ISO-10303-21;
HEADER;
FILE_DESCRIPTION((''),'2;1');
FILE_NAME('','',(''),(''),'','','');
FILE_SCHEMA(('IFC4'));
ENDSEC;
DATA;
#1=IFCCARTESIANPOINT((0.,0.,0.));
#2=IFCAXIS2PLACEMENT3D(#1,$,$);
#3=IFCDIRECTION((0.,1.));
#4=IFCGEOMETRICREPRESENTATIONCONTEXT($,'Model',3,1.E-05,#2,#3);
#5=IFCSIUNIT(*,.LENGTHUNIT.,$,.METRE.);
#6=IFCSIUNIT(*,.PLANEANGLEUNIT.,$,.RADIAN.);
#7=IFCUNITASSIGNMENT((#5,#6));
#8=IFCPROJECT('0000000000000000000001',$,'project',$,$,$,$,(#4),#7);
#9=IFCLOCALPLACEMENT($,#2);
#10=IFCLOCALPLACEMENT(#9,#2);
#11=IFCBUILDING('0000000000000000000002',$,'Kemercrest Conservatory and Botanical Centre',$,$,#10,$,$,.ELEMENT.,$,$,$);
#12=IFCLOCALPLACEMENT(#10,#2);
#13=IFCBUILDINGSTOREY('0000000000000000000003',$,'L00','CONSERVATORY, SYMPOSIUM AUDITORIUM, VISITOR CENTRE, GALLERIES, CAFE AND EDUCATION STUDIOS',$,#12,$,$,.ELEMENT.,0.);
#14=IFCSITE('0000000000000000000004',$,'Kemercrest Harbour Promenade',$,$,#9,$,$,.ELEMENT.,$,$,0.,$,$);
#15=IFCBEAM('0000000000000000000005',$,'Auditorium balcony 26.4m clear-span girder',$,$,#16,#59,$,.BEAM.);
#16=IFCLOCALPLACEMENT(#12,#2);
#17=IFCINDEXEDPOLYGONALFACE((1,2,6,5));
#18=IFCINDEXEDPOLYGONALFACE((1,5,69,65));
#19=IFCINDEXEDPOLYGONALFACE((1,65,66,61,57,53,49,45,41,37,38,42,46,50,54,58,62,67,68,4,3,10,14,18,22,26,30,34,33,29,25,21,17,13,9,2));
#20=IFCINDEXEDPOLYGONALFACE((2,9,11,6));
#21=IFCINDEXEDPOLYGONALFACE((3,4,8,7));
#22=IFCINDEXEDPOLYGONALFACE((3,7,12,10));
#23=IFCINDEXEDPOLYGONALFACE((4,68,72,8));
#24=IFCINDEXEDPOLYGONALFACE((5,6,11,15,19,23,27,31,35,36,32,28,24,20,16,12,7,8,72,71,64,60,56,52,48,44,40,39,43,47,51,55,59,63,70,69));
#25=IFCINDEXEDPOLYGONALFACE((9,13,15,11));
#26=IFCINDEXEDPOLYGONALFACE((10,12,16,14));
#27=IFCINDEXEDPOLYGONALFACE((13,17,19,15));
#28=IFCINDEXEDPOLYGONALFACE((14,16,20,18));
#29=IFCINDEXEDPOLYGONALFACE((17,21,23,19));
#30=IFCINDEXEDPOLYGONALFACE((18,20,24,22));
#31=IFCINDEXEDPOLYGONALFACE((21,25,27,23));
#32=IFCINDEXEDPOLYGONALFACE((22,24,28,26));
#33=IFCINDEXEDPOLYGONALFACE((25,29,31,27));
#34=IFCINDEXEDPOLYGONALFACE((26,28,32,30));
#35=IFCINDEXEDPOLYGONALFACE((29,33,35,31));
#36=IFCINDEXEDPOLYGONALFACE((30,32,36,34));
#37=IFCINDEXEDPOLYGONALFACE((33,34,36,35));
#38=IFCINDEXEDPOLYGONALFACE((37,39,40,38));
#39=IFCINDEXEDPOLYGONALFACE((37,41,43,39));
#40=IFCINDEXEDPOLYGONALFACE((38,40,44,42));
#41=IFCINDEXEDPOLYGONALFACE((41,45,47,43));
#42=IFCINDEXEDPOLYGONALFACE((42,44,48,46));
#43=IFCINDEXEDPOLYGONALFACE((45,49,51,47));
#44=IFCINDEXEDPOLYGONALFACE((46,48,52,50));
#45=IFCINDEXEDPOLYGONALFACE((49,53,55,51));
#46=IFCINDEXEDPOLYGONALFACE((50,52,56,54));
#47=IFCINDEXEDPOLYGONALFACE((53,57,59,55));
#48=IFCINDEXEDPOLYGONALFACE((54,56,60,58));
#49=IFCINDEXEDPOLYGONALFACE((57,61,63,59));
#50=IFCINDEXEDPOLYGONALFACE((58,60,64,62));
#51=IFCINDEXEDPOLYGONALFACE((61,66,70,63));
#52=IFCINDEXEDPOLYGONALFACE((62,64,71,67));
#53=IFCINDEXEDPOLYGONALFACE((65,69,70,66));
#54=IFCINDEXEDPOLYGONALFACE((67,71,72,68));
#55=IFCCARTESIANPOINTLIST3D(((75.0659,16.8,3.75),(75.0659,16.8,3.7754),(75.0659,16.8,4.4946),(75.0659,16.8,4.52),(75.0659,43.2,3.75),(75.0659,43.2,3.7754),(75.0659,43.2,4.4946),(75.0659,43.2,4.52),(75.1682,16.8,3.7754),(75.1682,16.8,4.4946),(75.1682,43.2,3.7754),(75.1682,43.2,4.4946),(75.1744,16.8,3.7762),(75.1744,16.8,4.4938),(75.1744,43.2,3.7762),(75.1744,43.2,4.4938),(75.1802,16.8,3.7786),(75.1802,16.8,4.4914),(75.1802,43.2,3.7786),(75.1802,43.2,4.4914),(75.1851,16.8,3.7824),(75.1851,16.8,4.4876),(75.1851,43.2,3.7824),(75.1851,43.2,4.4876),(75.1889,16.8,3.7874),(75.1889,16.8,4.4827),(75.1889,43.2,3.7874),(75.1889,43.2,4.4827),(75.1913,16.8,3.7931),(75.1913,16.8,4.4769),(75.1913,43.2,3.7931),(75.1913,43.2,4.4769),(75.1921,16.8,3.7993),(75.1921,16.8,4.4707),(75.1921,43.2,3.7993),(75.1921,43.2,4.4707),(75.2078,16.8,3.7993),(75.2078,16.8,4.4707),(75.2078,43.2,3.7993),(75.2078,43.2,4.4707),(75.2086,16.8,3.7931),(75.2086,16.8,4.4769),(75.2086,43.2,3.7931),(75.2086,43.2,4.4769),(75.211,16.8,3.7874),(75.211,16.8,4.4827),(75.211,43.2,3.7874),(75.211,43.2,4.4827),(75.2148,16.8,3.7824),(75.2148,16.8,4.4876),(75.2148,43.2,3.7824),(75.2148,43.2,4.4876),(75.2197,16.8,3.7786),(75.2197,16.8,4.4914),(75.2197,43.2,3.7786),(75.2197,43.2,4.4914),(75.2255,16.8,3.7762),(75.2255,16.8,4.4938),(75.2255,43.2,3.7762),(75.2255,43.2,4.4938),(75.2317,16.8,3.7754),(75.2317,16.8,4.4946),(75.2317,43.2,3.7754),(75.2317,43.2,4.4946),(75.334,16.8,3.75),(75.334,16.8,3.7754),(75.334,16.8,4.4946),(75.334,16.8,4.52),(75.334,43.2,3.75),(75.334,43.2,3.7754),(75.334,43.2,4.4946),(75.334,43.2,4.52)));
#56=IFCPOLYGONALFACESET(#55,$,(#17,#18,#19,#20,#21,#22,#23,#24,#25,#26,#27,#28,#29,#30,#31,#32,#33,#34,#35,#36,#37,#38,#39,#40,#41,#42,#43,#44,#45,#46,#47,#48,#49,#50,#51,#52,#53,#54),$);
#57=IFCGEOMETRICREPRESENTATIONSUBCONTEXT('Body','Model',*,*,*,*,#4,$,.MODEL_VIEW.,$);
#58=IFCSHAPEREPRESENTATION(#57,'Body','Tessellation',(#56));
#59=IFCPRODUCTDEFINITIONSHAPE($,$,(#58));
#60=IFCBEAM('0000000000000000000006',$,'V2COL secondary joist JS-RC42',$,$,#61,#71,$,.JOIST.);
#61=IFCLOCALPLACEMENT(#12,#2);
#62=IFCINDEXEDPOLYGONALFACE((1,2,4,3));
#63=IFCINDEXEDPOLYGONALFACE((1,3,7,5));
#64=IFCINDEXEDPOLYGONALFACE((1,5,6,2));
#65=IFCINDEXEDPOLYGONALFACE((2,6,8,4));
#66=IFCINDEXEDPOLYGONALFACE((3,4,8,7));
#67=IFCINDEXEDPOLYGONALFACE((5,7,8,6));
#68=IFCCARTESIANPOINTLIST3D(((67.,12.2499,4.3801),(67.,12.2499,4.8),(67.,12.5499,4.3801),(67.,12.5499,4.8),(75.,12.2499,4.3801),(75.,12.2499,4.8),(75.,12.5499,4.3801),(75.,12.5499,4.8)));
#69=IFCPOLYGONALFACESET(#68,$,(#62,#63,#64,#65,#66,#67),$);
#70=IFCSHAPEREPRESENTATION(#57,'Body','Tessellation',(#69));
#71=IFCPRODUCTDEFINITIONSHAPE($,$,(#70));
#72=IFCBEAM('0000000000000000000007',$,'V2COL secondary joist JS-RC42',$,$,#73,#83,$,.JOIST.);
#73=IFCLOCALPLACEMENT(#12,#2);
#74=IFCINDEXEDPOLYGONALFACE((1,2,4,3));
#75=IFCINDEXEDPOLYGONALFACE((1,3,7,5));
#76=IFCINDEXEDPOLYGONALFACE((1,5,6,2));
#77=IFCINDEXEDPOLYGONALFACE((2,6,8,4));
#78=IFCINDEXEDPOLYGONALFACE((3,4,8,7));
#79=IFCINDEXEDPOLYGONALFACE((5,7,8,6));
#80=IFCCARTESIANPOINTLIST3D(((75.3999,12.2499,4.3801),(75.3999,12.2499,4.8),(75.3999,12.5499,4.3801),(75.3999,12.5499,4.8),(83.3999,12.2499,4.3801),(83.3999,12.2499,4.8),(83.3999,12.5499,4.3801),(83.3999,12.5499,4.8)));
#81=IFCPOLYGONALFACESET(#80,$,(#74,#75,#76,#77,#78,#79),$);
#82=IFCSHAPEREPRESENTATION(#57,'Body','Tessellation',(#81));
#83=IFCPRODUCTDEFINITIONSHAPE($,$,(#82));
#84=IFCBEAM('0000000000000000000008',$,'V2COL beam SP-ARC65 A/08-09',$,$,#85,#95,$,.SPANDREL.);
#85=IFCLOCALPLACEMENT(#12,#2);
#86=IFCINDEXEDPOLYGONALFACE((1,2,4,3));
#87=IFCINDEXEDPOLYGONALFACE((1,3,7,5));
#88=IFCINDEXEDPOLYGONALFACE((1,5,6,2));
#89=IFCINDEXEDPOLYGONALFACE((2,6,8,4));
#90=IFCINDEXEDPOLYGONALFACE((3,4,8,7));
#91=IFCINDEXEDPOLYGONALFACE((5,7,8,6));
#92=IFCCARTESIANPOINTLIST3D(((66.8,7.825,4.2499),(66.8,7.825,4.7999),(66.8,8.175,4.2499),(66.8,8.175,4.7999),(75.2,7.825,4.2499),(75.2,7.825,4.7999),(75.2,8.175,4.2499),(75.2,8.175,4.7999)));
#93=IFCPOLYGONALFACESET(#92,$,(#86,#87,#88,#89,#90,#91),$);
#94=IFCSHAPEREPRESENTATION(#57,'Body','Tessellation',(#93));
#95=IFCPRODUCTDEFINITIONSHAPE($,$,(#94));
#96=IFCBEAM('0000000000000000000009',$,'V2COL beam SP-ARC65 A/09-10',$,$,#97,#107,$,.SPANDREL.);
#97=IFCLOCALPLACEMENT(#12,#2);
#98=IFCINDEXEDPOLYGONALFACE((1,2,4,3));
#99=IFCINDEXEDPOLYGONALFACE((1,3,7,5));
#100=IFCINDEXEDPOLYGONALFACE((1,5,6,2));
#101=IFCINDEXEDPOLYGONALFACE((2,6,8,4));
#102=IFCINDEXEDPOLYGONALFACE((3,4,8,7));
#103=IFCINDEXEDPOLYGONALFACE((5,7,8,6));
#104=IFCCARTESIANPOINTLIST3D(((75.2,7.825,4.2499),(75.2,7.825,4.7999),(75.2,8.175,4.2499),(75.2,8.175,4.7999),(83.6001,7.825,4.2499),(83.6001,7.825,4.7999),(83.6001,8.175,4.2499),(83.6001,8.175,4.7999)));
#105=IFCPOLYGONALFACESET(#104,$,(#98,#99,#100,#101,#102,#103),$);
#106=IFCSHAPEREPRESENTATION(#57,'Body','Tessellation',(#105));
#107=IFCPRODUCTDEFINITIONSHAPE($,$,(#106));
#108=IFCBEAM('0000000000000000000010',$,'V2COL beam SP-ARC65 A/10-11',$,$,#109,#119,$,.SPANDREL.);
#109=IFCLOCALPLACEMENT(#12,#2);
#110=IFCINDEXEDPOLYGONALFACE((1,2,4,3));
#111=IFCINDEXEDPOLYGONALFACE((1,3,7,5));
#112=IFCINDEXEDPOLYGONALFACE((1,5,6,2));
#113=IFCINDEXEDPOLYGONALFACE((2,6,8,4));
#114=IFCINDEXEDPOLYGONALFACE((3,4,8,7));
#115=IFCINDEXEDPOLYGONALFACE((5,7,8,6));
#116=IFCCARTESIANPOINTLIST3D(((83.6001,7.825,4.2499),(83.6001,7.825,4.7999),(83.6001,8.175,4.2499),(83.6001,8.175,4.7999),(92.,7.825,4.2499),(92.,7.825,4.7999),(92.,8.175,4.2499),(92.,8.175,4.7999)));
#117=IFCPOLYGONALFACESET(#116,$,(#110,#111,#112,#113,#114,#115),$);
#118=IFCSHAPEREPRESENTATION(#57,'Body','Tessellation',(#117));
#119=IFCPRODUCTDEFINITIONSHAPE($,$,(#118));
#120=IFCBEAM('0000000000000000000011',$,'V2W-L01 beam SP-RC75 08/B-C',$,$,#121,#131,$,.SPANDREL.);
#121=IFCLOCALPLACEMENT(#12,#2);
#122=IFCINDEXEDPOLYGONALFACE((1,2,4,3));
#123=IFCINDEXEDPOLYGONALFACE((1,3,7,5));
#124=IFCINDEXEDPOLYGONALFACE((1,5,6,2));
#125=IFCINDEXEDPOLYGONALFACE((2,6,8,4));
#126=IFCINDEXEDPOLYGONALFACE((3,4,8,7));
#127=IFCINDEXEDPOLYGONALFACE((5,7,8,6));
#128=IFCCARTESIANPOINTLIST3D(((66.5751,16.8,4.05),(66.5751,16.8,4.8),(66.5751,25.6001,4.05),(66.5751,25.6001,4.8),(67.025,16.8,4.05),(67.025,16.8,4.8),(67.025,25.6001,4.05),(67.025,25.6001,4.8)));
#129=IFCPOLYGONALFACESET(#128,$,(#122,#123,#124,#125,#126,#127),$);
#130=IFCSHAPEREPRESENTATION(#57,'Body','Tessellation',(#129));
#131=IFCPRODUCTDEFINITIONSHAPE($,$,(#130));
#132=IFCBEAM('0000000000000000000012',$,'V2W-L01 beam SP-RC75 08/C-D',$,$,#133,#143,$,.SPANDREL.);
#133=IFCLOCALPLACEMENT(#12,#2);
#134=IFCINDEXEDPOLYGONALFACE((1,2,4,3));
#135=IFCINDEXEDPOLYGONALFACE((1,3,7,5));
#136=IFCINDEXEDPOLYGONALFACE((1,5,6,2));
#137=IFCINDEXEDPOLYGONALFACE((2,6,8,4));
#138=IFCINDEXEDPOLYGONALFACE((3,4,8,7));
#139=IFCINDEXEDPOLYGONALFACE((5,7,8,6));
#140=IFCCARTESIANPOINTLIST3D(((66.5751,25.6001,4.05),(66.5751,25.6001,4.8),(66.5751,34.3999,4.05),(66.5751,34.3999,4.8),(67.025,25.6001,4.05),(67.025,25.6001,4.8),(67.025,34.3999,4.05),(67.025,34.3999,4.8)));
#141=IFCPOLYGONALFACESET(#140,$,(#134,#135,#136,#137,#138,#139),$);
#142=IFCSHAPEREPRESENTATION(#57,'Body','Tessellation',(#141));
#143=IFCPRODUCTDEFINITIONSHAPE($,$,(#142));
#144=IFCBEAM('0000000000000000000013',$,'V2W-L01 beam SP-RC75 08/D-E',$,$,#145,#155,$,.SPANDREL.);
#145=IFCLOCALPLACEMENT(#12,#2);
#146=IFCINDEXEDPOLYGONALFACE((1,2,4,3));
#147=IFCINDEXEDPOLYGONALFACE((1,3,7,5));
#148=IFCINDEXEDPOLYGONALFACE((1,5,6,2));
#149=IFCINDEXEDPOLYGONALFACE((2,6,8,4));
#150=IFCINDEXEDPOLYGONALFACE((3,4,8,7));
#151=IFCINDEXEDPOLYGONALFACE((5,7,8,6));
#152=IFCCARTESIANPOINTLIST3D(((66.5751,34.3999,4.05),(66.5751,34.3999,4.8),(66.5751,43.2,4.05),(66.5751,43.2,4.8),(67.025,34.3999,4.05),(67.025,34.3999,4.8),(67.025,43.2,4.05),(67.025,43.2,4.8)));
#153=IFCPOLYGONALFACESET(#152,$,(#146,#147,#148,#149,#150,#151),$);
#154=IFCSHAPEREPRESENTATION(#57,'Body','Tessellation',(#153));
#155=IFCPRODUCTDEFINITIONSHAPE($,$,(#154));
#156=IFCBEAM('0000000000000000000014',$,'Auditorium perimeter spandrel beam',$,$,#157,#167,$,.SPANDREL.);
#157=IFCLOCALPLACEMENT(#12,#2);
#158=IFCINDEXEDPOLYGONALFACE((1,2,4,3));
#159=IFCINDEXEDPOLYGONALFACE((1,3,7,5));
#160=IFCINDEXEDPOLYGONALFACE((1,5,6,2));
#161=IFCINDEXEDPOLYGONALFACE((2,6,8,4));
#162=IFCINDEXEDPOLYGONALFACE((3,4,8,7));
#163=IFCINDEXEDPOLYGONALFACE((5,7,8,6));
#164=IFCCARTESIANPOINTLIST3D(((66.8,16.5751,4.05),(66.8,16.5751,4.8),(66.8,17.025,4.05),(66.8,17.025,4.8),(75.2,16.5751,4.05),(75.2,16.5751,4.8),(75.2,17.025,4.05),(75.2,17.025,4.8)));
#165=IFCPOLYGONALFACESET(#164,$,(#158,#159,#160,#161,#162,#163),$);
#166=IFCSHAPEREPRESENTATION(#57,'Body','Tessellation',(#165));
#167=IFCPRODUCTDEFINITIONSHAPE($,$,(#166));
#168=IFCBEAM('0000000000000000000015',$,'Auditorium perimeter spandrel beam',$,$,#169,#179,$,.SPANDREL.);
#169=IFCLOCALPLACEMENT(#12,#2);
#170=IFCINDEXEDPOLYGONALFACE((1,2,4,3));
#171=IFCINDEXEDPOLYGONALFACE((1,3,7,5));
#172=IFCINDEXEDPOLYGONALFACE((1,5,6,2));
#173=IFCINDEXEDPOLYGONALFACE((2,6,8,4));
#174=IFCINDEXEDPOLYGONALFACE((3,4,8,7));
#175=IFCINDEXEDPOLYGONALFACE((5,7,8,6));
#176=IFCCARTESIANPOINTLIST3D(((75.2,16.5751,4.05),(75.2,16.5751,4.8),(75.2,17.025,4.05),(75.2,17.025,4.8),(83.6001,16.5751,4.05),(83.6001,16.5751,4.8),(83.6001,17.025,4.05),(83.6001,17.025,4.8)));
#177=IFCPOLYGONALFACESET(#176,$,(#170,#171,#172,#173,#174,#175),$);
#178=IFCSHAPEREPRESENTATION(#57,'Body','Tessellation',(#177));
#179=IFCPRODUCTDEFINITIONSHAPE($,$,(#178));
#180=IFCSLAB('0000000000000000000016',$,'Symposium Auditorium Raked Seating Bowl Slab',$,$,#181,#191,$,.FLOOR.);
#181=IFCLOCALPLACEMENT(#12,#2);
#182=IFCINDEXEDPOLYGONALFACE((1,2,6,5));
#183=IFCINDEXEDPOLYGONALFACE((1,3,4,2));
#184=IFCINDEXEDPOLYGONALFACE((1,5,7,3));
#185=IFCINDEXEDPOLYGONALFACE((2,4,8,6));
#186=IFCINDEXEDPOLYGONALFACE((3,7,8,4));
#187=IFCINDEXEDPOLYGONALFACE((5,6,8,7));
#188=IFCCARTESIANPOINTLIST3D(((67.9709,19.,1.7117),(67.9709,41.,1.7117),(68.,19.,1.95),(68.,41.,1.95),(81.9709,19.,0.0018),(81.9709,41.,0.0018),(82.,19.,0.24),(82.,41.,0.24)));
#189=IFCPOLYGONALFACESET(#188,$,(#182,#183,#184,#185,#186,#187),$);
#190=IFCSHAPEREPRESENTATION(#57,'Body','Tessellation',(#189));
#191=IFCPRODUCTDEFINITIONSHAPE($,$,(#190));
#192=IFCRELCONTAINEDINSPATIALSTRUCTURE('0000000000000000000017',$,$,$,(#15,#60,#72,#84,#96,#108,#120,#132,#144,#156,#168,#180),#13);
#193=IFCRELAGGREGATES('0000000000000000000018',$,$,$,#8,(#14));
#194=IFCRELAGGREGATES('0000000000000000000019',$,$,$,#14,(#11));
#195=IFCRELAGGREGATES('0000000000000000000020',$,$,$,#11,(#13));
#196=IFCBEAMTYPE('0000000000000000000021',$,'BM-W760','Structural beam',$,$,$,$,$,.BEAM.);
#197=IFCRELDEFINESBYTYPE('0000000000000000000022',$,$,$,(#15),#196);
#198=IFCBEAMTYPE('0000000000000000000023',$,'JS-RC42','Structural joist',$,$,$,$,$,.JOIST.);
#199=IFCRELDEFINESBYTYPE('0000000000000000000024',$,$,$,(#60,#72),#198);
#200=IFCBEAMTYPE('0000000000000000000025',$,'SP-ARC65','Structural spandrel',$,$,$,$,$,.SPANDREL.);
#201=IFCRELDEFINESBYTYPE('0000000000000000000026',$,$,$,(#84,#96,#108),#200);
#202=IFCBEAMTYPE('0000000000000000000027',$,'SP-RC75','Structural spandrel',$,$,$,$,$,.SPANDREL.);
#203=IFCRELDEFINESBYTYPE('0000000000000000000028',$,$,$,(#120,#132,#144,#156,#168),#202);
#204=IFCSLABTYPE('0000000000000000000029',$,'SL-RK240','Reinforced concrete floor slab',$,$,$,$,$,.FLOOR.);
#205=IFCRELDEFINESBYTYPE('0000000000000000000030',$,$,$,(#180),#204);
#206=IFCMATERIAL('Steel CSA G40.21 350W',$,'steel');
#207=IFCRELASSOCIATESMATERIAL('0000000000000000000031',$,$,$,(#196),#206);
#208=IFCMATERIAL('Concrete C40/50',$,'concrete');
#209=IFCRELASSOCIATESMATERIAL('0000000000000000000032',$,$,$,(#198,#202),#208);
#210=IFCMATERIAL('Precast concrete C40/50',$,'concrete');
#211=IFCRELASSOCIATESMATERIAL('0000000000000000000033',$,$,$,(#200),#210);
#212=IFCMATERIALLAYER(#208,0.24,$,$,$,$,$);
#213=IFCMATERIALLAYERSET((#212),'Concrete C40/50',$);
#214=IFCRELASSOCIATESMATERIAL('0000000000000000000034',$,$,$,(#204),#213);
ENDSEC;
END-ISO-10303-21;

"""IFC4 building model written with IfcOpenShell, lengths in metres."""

from ifc_helpers import new_model, si_unit, direction, frame, origin, origin_2d, place, context, subcontext, project, spatial, polyline, rectangle, i_section, outline, extrude, material, layer, layer_set, material_profile, profile_set, type_object, element, save


model = new_model("IFC4")

# Units and contexts
model_context = context("Model", 3, precision=1e-05, world=origin(), true_north=direction((0.0, 1.0)))
body_context = subcontext(model_context, "Body", "Model", "MODEL_VIEW")
ifc_project = project(units=[si_unit("LENGTHUNIT", "METRE"), si_unit("PLANEANGLEUNIT", "RADIAN")], contexts=[model_context])

# Site, building, storey
site_placement = place(None, origin())
site = spatial("IfcSite", under=ifc_project, at=site_placement, Name="Kemercrest Harbour Promenade", CompositionType="ELEMENT", RefElevation=0.0)
building_placement = place(site_placement, origin())
building = spatial("IfcBuilding", under=site, at=building_placement, Name="Kemercrest Conservatory and Botanical Centre", CompositionType="ELEMENT")
storey_placement = place(building_placement, origin())
storey = spatial("IfcBuildingStorey", under=building, at=storey_placement, Name="L00", Description="CONSERVATORY, SYMPOSIUM AUDITORIUM, VISITOR CENTRE, GALLERIES, CAFE AND EDUCATION STUDIOS", CompositionType="ELEMENT", Elevation=0.0)

# Shared definitions
ifc_material_1 = material(Name="Concrete C40/50", Category="concrete")
ifc_material_2 = material(Name="Precast concrete C40/50", Category="concrete")

# Beams
ifc_material_3 = material(Name="Steel CSA G40.21 350W", Category="steel")
ifc_material_profile_1 = material_profile(ifc_material_3, i_section(OverallWidth=0.2681, OverallDepth=0.77, WebThickness=0.0156, FlangeThickness=0.0254, FilletRadius=0.0239, at=origin_2d()), Name="W760X196")
ifc_profile_set_1 = profile_set([ifc_material_profile_1], Name="Steel CSA G40.21 350W")
beam_type_1 = type_object("IfcBeamType", Name="BM-W760", Description="Structural beam", PredefinedType="BEAM", material=ifc_profile_set_1)
beam_1_placement = place(storey_placement, frame((75.2, 16.8, 4.135), z_axis=(0.0, 1.0, 0.0), x_axis=(-1.0, 0.0, 0.0)))
element("IfcBeam", 1, at=beam_1_placement, inside=storey, type_object=beam_type_1, Name="Auditorium balcony 26.4m clear-span girder", PredefinedType="BEAM", context=body_context, shape_type="SweptSolid", body=[
    extrude(i_section(OverallWidth=0.2681, OverallDepth=0.77, WebThickness=0.0156, FlangeThickness=0.0254, FilletRadius=0.0239, at=origin_2d()), origin(), (0.0, 0.0, 1.0), 26.3999),
])
ifc_material_profile_2 = material_profile(ifc_material_1, rectangle(XDim=0.3, YDim=0.4199, at=origin_2d()), Name="RC 300x420")
ifc_profile_set_2 = profile_set([ifc_material_profile_2], Name="Concrete C40/50")
beam_type_2 = type_object("IfcBeamType", Name="JS-RC42", Description="Structural joist", PredefinedType="JOIST", material=ifc_profile_set_2)
for number, where, z_axis, x_axis, name in (
    (2, (67.0, 12.3999, 4.5901), (1.0, 0.0, 0.0), (0.0, 1.0, 0.0), "V2COL secondary joist JS-RC42"),
    (3, (75.3999, 12.3999, 4.5901), (1.0, 0.0, 0.0), (0.0, 1.0, 0.0), "V2COL secondary joist JS-RC42"),
):
    element("IfcBeam", number, at=place(storey_placement, frame(where, z_axis=z_axis, x_axis=x_axis)), inside=storey, type_object=beam_type_2, Name=name, PredefinedType="JOIST", context=body_context, shape_type="SweptSolid", body=[
        extrude(rectangle(XDim=0.3, YDim=0.4199, at=origin_2d()), origin(), (0.0, 0.0, 1.0), 8.0),
    ])
ifc_material_profile_3 = material_profile(ifc_material_2, rectangle(XDim=0.3501, YDim=0.55, at=origin_2d()), Name="RC 350x550")
ifc_profile_set_3 = profile_set([ifc_material_profile_3], Name="Precast concrete C40/50")
beam_type_3 = type_object("IfcBeamType", Name="SP-ARC65", Description="Structural spandrel", PredefinedType="SPANDREL", material=ifc_profile_set_3)
beam_2_placement = place(storey_placement, frame((66.8, 8.0, 4.5249), z_axis=(1.0, 0.0, 0.0), x_axis=(0.0, 1.0, 0.0)))
element("IfcBeam", 4, at=beam_2_placement, inside=storey, type_object=beam_type_3, Name="V2COL beam SP-ARC65 A/08-09", PredefinedType="SPANDREL", context=body_context, shape_type="SweptSolid", body=[
    extrude(rectangle(XDim=0.3501, YDim=0.55, at=origin_2d()), origin(), (0.0, 0.0, 1.0), 8.3999),
])
beam_3_placement = place(storey_placement, frame((75.2, 8.0, 4.5249), z_axis=(1.0, 0.0, 0.0), x_axis=(0.0, 1.0, 0.0)))
element("IfcBeam", 5, at=beam_3_placement, inside=storey, type_object=beam_type_3, Name="V2COL beam SP-ARC65 A/09-10", PredefinedType="SPANDREL", context=body_context, shape_type="SweptSolid", body=[
    extrude(rectangle(XDim=0.3501, YDim=0.55, at=origin_2d()), origin(), (0.0, 0.0, 1.0), 8.4001),
])
beam_4_placement = place(storey_placement, frame((83.6001, 8.0, 4.5249), z_axis=(1.0, 0.0, 0.0), x_axis=(0.0, 1.0, 0.0)))
element("IfcBeam", 6, at=beam_4_placement, inside=storey, type_object=beam_type_3, Name="V2COL beam SP-ARC65 A/10-11", PredefinedType="SPANDREL", context=body_context, shape_type="SweptSolid", body=[
    extrude(rectangle(XDim=0.3501, YDim=0.55, at=origin_2d()), origin(), (0.0, 0.0, 1.0), 8.3999),
])
ifc_material_profile_4 = material_profile(ifc_material_1, rectangle(XDim=0.45, YDim=0.75, at=origin_2d()), Name="RC 450x750")
ifc_profile_set_4 = profile_set([ifc_material_profile_4], Name="Concrete C40/50")
beam_type_4 = type_object("IfcBeamType", Name="SP-RC75", Description="Structural spandrel", PredefinedType="SPANDREL", material=ifc_profile_set_4)
beam_5_placement = place(storey_placement, frame((66.8, 16.8, 4.425), z_axis=(0.0, 1.0, 0.0), x_axis=(-1.0, 0.0, 0.0)))
element("IfcBeam", 7, at=beam_5_placement, inside=storey, type_object=beam_type_4, Name="V2W-L01 beam SP-RC75 08/B-C", PredefinedType="SPANDREL", context=body_context, shape_type="SweptSolid", body=[
    extrude(rectangle(XDim=0.45, YDim=0.75, at=origin_2d()), origin(), (0.0, 0.0, 1.0), 8.8),
])
beam_6_placement = place(storey_placement, frame((66.8, 25.6001, 4.425), z_axis=(0.0, 1.0, 0.0), x_axis=(-1.0, 0.0, 0.0)))
element("IfcBeam", 8, at=beam_6_placement, inside=storey, type_object=beam_type_4, Name="V2W-L01 beam SP-RC75 08/C-D", PredefinedType="SPANDREL", context=body_context, shape_type="SweptSolid", body=[
    extrude(rectangle(XDim=0.45, YDim=0.75, at=origin_2d()), origin(), (0.0, 0.0, 1.0), 8.7998),
])
beam_7_placement = place(storey_placement, frame((66.8, 34.3999, 4.425), z_axis=(0.0, 1.0, 0.0), x_axis=(-1.0, 0.0, 0.0)))
element("IfcBeam", 9, at=beam_7_placement, inside=storey, type_object=beam_type_4, Name="V2W-L01 beam SP-RC75 08/D-E", PredefinedType="SPANDREL", context=body_context, shape_type="SweptSolid", body=[
    extrude(rectangle(XDim=0.45, YDim=0.75, at=origin_2d()), origin(), (0.0, 0.0, 1.0), 8.8),
])
beam_8_placement = place(storey_placement, frame((66.8, 16.8, 4.425), z_axis=(1.0, 0.0, 0.0), x_axis=(0.0, 1.0, 0.0)))
element("IfcBeam", 10, at=beam_8_placement, inside=storey, type_object=beam_type_4, Name="Auditorium perimeter spandrel beam", PredefinedType="SPANDREL", context=body_context, shape_type="SweptSolid", body=[
    extrude(rectangle(XDim=0.45, YDim=0.75, at=origin_2d()), origin(), (0.0, 0.0, 1.0), 8.3999),
])
beam_9_placement = place(storey_placement, frame((75.2, 16.8, 4.425), z_axis=(1.0, 0.0, 0.0), x_axis=(0.0, 1.0, 0.0)))
element("IfcBeam", 11, at=beam_9_placement, inside=storey, type_object=beam_type_4, Name="Auditorium perimeter spandrel beam", PredefinedType="SPANDREL", context=body_context, shape_type="SweptSolid", body=[
    extrude(rectangle(XDim=0.45, YDim=0.75, at=origin_2d()), origin(), (0.0, 0.0, 1.0), 8.4001),
])

# Slab
ifc_layer_1 = layer(ifc_material_1, 0.24)
ifc_layer_set_1 = layer_set([ifc_layer_1], Name="Concrete C40/50")
slab_type = type_object("IfcSlabType", Name="SL-RK240", Description="Reinforced concrete floor slab", PredefinedType="FLOOR", material=ifc_layer_set_1)
slab_placement = place(storey_placement, frame((68.0, 19.0, 1.95), z_axis=(0.121239, 0.0, 0.992623), x_axis=(0.992623, 0.0, -0.121239)))
element("IfcSlab", 12, at=slab_placement, inside=storey, type_object=slab_type, Name="Symposium Auditorium Raked Seating Bowl Slab", PredefinedType="FLOOR", context=body_context, shape_type="SweptSolid", body=[
    extrude(outline(polyline([(0.0, 0.0), (14.104, 0.0), (14.104, 22.0), (0.0, 22.0), (0.0, 0.0)])), origin(), (0.0, 0.0, -1.0), 0.24),
])

save(model, "model.ifc")
